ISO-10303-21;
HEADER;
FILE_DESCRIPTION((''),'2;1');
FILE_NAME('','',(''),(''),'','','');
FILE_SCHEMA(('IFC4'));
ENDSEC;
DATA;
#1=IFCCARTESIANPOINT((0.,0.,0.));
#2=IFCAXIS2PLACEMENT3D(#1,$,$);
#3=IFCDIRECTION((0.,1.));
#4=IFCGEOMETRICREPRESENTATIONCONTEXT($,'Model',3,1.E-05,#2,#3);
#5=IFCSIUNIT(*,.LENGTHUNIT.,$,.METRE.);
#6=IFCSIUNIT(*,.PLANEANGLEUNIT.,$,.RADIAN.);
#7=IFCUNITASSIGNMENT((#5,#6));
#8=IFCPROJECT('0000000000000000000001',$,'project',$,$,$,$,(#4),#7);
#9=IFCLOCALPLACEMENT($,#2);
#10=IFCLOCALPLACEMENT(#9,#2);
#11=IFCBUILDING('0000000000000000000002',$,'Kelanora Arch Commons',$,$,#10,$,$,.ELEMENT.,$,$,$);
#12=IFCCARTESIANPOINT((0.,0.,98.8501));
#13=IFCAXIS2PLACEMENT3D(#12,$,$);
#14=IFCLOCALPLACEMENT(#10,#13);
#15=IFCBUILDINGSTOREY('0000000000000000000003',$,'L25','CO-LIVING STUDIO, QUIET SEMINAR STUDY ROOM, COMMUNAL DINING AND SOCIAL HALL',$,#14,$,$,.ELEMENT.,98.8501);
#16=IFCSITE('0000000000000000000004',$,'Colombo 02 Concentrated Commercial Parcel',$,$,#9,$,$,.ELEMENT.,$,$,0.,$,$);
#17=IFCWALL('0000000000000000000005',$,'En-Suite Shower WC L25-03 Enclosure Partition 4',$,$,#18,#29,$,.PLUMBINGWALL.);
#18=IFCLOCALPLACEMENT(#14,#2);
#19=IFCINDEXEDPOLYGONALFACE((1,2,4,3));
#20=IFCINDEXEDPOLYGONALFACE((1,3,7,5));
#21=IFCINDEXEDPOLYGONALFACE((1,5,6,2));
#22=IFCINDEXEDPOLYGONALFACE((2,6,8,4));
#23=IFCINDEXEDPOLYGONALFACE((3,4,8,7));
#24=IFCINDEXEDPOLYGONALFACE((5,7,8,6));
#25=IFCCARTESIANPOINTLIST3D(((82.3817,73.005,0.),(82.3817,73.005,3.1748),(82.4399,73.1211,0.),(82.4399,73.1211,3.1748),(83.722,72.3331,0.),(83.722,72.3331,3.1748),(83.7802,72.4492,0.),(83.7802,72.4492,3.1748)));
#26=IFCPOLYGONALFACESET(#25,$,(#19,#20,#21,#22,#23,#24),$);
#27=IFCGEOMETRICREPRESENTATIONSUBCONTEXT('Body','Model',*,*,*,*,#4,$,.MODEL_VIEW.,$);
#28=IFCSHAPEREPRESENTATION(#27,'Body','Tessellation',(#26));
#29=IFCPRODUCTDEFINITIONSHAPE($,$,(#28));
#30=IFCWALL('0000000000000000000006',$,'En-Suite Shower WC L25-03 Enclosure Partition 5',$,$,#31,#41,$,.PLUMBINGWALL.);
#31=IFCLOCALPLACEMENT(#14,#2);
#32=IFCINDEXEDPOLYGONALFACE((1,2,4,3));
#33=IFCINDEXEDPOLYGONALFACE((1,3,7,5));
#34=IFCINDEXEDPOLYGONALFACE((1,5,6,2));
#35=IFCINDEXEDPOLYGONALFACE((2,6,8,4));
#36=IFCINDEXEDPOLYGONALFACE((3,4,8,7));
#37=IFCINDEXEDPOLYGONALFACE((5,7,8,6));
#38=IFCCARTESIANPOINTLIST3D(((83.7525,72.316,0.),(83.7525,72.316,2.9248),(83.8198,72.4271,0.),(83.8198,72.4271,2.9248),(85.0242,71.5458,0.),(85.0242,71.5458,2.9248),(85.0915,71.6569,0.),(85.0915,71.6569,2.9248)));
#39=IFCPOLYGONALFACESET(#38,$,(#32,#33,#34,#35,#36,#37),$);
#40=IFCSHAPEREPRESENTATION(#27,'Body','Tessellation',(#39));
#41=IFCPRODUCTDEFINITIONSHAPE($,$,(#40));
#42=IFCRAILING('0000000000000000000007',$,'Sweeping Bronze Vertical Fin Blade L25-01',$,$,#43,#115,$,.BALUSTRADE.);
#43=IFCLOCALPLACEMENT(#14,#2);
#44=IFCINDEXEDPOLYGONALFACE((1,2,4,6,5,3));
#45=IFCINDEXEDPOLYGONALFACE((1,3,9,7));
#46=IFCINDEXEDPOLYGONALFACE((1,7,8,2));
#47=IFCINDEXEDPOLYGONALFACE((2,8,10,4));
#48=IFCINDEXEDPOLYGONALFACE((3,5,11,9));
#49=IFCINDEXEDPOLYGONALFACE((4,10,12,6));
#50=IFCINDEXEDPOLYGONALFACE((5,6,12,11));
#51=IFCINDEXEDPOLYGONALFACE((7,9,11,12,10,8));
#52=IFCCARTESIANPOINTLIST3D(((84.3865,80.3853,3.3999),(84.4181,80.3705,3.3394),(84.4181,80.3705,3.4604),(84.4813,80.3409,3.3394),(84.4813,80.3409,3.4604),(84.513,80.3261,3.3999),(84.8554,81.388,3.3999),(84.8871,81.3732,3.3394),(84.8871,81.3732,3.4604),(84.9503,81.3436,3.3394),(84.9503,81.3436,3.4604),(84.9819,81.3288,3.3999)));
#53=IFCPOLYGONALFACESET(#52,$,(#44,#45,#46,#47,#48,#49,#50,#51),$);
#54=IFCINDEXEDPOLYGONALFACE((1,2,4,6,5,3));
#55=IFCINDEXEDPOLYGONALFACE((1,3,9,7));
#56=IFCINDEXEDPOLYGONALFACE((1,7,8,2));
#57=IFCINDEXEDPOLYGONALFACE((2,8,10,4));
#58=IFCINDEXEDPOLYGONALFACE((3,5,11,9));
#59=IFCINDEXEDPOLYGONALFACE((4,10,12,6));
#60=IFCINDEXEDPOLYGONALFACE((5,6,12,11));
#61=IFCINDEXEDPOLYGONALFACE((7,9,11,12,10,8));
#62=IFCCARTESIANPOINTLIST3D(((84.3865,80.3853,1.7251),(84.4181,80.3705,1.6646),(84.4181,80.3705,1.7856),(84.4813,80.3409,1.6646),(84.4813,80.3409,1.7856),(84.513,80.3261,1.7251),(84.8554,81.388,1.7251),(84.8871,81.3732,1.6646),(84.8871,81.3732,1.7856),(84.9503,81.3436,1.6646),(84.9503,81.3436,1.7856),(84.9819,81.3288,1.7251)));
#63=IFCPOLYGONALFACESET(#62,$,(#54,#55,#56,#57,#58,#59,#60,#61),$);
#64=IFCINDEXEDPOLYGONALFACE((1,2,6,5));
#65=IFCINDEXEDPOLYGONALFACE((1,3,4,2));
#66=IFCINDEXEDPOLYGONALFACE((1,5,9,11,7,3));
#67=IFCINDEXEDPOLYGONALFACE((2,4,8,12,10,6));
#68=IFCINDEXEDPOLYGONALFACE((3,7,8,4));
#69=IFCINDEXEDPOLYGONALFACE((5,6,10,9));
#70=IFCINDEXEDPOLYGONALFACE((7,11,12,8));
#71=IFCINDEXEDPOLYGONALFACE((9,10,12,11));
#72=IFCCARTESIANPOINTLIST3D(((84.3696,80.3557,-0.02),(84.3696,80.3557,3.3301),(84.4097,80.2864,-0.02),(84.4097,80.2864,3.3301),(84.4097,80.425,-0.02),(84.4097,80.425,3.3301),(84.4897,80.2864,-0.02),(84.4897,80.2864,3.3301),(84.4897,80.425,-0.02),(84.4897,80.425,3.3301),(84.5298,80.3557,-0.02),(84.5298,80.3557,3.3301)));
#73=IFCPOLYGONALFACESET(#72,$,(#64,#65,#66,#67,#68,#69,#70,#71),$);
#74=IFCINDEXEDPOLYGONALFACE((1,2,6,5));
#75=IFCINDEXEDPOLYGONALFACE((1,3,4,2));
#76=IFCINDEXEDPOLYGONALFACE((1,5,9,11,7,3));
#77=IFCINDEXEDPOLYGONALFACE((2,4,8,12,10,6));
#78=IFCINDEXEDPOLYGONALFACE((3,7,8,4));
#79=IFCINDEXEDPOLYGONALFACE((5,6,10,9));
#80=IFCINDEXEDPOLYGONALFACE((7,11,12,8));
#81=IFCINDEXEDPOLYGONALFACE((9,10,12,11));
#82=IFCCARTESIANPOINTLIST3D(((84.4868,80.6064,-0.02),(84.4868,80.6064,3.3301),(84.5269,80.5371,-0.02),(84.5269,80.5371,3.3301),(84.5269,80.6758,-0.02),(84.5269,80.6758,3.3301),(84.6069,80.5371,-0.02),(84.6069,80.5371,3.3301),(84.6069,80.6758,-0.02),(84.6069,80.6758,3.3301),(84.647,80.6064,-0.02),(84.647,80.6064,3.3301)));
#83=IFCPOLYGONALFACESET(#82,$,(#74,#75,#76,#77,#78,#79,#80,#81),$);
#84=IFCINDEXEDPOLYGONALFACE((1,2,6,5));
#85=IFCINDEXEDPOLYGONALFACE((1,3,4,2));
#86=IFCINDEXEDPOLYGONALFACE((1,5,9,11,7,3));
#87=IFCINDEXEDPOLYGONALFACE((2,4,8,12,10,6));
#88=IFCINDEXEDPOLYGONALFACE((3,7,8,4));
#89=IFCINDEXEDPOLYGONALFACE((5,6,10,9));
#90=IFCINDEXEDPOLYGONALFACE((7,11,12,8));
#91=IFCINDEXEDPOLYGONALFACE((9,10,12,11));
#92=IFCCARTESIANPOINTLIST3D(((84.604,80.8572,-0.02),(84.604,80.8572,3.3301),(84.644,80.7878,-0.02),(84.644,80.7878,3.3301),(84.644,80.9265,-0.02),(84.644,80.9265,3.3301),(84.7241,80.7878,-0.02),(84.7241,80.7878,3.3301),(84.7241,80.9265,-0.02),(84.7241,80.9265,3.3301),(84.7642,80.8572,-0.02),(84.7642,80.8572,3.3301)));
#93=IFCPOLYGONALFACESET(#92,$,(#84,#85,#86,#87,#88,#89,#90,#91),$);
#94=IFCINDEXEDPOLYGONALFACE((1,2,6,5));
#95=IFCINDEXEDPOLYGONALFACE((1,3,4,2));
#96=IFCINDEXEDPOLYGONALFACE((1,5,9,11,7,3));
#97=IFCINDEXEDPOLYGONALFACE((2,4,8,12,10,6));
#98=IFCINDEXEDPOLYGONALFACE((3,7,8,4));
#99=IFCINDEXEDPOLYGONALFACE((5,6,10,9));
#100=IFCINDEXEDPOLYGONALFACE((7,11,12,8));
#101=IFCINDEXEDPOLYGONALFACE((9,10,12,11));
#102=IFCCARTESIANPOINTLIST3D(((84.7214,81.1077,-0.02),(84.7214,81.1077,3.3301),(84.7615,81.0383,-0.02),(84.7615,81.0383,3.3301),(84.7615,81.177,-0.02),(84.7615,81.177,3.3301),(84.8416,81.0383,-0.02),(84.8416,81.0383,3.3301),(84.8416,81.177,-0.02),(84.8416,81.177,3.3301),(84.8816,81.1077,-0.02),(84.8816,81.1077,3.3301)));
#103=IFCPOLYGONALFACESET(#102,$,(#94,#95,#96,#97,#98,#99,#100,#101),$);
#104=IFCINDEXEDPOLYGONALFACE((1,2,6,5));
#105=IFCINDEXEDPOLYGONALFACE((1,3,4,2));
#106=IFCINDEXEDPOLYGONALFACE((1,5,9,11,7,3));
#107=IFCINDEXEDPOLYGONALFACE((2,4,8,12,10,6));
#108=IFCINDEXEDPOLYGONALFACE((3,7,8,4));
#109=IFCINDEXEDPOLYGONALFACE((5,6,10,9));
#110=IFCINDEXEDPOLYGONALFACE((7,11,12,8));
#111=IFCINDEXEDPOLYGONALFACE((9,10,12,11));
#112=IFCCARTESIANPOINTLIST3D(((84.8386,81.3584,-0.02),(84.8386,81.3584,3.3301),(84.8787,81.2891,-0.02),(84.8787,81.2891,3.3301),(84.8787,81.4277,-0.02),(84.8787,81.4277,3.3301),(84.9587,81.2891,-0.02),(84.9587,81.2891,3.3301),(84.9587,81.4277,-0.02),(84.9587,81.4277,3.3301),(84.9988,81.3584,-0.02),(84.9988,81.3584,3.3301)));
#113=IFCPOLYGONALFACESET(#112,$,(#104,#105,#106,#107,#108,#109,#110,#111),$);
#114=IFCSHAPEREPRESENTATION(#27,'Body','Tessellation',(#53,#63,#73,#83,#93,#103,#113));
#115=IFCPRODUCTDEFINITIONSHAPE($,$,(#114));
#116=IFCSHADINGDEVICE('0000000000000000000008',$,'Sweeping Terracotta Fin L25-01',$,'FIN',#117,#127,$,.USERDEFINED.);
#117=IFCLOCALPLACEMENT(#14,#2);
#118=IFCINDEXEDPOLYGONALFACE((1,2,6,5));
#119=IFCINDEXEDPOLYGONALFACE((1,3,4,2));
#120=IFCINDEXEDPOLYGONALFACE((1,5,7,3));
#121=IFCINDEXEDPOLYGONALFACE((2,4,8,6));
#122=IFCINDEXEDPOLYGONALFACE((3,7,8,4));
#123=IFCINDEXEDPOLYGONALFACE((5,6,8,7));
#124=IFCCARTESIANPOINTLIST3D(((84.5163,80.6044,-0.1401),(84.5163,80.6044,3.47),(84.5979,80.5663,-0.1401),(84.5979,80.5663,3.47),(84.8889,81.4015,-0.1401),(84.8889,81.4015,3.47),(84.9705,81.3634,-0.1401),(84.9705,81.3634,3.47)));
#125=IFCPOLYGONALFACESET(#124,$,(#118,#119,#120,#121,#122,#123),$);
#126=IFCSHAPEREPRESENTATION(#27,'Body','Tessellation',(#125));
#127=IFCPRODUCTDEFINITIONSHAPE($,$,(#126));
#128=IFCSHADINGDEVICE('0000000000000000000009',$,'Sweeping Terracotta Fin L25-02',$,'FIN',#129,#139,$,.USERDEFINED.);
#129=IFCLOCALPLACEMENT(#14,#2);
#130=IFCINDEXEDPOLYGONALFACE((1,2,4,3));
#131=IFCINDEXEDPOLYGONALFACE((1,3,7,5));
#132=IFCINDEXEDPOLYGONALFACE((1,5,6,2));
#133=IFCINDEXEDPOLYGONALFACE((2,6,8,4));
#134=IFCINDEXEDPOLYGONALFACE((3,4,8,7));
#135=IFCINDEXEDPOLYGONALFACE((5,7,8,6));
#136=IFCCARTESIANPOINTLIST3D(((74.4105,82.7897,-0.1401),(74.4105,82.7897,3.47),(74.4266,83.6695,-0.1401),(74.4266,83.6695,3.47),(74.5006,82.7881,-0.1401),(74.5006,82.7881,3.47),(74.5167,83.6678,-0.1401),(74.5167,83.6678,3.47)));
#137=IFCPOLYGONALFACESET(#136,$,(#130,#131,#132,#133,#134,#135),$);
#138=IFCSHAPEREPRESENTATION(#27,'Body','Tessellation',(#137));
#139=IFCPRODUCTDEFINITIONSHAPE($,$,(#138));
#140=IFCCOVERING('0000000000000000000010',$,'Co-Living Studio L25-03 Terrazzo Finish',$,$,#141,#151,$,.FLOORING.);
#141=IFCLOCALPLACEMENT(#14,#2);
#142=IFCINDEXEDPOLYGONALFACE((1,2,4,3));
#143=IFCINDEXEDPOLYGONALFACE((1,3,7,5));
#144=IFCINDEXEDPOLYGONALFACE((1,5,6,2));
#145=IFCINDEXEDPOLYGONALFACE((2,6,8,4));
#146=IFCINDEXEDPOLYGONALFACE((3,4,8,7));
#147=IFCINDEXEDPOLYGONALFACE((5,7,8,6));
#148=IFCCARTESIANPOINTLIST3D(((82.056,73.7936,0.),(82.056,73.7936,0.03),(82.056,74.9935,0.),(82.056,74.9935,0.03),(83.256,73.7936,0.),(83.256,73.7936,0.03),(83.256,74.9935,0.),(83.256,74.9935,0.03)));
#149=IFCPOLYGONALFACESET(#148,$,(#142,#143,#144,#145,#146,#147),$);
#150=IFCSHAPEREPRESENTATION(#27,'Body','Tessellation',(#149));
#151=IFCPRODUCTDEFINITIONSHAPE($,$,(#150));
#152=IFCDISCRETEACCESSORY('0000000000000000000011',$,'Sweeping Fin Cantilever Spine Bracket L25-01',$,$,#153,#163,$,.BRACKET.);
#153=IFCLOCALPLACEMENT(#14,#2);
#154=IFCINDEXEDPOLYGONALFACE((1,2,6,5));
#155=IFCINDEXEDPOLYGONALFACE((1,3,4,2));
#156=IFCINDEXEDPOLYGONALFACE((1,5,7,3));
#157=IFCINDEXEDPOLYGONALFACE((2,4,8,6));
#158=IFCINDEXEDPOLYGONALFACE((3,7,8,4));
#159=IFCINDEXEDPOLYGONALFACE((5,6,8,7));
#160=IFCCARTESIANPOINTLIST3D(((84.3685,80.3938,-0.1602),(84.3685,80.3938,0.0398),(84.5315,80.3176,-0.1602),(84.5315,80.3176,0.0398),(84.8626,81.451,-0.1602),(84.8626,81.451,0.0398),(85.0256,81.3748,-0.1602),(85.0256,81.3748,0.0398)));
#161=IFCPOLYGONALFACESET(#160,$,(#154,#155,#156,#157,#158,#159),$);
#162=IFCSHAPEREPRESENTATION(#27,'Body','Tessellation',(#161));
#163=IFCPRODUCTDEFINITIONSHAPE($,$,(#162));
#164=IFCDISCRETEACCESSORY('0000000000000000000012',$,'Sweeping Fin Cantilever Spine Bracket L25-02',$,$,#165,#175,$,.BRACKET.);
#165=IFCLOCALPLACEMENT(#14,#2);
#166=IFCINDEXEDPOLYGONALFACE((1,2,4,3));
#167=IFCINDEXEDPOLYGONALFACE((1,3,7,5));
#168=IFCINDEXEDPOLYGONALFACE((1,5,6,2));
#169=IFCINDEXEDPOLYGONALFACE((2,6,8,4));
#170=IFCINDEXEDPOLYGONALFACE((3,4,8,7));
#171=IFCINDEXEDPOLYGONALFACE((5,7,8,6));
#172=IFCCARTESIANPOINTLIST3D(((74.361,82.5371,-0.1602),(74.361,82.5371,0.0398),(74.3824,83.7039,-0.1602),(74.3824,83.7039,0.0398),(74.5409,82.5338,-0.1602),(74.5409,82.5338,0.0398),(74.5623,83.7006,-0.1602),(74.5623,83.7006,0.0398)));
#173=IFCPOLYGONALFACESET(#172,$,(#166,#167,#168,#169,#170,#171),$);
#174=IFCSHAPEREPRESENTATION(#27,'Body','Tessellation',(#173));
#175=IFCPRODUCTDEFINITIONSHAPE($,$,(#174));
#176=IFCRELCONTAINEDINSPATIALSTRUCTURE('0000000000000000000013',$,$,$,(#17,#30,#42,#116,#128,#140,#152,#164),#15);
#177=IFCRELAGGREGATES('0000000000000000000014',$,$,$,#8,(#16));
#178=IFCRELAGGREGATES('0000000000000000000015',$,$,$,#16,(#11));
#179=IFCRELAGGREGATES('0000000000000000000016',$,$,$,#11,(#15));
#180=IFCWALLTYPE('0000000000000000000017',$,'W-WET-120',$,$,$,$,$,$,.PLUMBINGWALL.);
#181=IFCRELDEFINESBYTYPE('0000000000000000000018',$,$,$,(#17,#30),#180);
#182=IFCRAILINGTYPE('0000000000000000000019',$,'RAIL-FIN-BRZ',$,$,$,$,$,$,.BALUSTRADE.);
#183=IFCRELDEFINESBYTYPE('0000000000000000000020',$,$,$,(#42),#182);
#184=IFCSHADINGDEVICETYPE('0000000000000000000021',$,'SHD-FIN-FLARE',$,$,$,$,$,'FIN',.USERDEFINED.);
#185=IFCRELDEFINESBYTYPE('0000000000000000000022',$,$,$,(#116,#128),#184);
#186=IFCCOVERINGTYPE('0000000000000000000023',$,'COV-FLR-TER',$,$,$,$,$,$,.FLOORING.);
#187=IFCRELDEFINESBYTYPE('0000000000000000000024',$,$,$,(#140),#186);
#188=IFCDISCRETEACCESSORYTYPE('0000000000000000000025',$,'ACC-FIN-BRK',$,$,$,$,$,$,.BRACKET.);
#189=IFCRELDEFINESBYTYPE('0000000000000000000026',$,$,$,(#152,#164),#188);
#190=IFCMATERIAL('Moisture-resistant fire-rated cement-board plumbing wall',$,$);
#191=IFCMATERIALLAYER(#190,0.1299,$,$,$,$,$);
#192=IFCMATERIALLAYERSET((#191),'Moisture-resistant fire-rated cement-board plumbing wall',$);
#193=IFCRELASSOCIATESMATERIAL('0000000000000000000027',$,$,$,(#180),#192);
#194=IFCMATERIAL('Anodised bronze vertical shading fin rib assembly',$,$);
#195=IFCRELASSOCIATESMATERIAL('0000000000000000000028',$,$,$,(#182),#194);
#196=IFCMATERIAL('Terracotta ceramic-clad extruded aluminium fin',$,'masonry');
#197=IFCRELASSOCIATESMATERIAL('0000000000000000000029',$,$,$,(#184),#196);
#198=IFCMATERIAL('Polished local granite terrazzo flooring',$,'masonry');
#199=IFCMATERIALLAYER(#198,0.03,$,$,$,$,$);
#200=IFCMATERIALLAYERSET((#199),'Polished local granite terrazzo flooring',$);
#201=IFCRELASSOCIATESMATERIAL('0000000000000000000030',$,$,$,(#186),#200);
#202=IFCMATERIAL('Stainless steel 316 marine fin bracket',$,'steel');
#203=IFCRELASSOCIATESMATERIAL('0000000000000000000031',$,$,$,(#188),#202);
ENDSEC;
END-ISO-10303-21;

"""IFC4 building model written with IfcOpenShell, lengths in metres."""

from ifc_helpers import new_model, si_unit, direction, frame, frame_2d, origin, origin_2d, place, context, subcontext, project, spatial, polyline, rectangle, outline, extrude, source, transform, mapped, material, layer, layer_set, type_object, element, save


model = new_model("IFC4")

# Units and contexts
model_context = context("Model", 3, precision=1e-05, world=origin(), true_north=direction((0.0, 1.0)))
body_context = subcontext(model_context, "Body", "Model", "MODEL_VIEW")
ifc_project = project(units=[si_unit("LENGTHUNIT", "METRE"), si_unit("PLANEANGLEUNIT", "RADIAN")], contexts=[model_context])

# Site, building, storey
site_placement = place(None, origin())
site = spatial("IfcSite", under=ifc_project, at=site_placement, Name="Colombo 02 Concentrated Commercial Parcel", CompositionType="ELEMENT", RefElevation=0.0)
building_placement = place(site_placement, origin())
building = spatial("IfcBuilding", under=site, at=building_placement, Name="Kelanora Arch Commons", CompositionType="ELEMENT")
storey_placement = place(building_placement, frame((0.0, 0.0, 98.8501)))
storey = spatial("IfcBuildingStorey", under=building, at=storey_placement, Name="L25", Description="CO-LIVING STUDIO, QUIET SEMINAR STUDY ROOM, COMMUNAL DINING AND SOCIAL HALL", CompositionType="ELEMENT", Elevation=98.8501)

# Walls
ifc_material_1 = material(Name="Moisture-resistant fire-rated cement-board plumbing wall")
ifc_layer_1 = layer(ifc_material_1, 0.1299)
ifc_layer_set_1 = layer_set([ifc_layer_1], Name="Moisture-resistant fire-rated cement-board plumbing wall")
wall_type_1 = type_object("IfcWallType", Name="W-WET-120", PredefinedType="PLUMBINGWALL", material=ifc_layer_set_1)
wall_1_placement = place(storey_placement, frame((82.4109, 73.063, 0.0), z_axis=(0.0, 0.0, 1.0), x_axis=(0.893971, -0.448125, 0.0)))
element("IfcWall", 1, at=wall_1_placement, inside=storey, type_object=wall_type_1, Name="En-Suite Shower WC L25-03 Enclosure Partition 4", PredefinedType="PLUMBINGWALL", context=body_context, shape_type="SweptSolid", body=[
    extrude(rectangle(XDim=1.4993, YDim=0.1299, at=frame_2d((0.7495, 0.0))), origin(), (0.0, 0.0, 1.0), 3.1748),
])
wall_2_placement = place(storey_placement, frame((83.7861, 72.3716, 0.0), z_axis=(0.0, 0.0, 1.0), x_axis=(0.855341, -0.518065, 0.0)))
element("IfcWall", 2, at=wall_2_placement, inside=storey, type_object=wall_type_1, Name="En-Suite Shower WC L25-03 Enclosure Partition 5", PredefinedType="PLUMBINGWALL", context=body_context, shape_type="SweptSolid", body=[
    extrude(rectangle(XDim=1.4868, YDim=0.1299, at=frame_2d((0.7434, 0.0))), origin(), (0.0, 0.0, 1.0), 2.9248),
])

# Railing
ifc_material_2 = material(Name="Anodised bronze vertical shading fin rib assembly")
railing_type = type_object("IfcRailingType", Name="RAIL-FIN-BRZ", PredefinedType="BALUSTRADE", material=ifc_material_2)
railing_placement = place(storey_placement, frame((84.4497, 80.3557, -0.02)))
element("IfcRailing", 3, at=railing_placement, inside=storey, type_object=railing_type, Name="Sweeping Bronze Vertical Fin Blade L25-01", PredefinedType="BALUSTRADE", context=body_context, shape_type="SweptSolid", body=[
    extrude(outline(polyline([(0.0698, 0.0), (0.0349, 0.0605), (-0.0349, 0.0605), (-0.0698, 0.0), (-0.0349, -0.0605), (0.0349, -0.0605), (0.0698, 0.0)])), frame((0.0, 0.0, 3.4199), z_axis=(0.423682, 0.905811, 0.0), x_axis=(-0.905811, 0.423682, 0.0)), (0.0, 0.0, 1.0), 1.1069),
    extrude(outline(polyline([(0.0698, 0.0), (0.0349, 0.0605), (-0.0349, 0.0605), (-0.0698, 0.0), (-0.0349, -0.0605), (0.0349, -0.0605), (0.0698, 0.0)])), frame((0.0, 0.0, 1.7451), z_axis=(0.423682, 0.905811, 0.0), x_axis=(-0.905811, 0.423682, 0.0)), (0.0, 0.0, 1.0), 1.1069),
    extrude(outline(polyline([(0.0801, 0.0), (0.04, 0.0693), (-0.04, 0.0693), (-0.0801, 0.0), (-0.04, -0.0693), (0.04, -0.0693), (0.0801, 0.0)])), origin(), (0.0, 0.0, 1.0), 3.3501),
    extrude(outline(polyline([(0.0801, 0.0), (0.04, 0.0693), (-0.04, 0.0693), (-0.0801, 0.0), (-0.04, -0.0693), (0.04, -0.0693), (0.0801, 0.0)])), frame((0.1172, 0.2507, 0.0)), (0.0, 0.0, 1.0), 3.3501),
    extrude(outline(polyline([(0.0801, 0.0), (0.04, 0.0693), (-0.04, 0.0693), (-0.0801, 0.0), (-0.04, -0.0693), (0.04, -0.0693), (0.0801, 0.0)])), frame((0.2344, 0.5015, 0.0)), (0.0, 0.0, 1.0), 3.3501),
    extrude(outline(polyline([(0.0801, 0.0), (0.04, 0.0693), (-0.04, 0.0693), (-0.0801, 0.0), (-0.04, -0.0693), (0.04, -0.0693), (0.0801, 0.0)])), frame((0.3518, 0.752, 0.0)), (0.0, 0.0, 1.0), 3.3501),
    extrude(outline(polyline([(0.0801, 0.0), (0.04, 0.0693), (-0.04, 0.0693), (-0.0801, 0.0), (-0.04, -0.0693), (0.04, -0.0693), (0.0801, 0.0)])), frame((0.469, 1.0027, 0.0)), (0.0, 0.0, 1.0), 3.3501),
])

# Shading devices
ifc_material_3 = material(Name="Terracotta ceramic-clad extruded aluminium fin", Category="masonry")
shading_device_type = type_object("IfcShadingDeviceType", Name="SHD-FIN-FLARE", ElementType="FIN", PredefinedType="USERDEFINED", material=ifc_material_3)
shared_shape_1 = source(origin(), body_context, "Body", "SweptSolid", [
    extrude(rectangle(XDim=0.8799, YDim=0.0901, at=origin_2d()), origin(), (0.0, 0.0, 1.0), 3.6101),
])
for number, where, z_axis, x_axis, name in (
    (4, (84.7434, 80.9839, -0.1401), (0.0, 0.0, 1.0), (0.423409, 0.905939, 0.0), "Sweeping Terracotta Fin L25-01"),
    (5, (74.4636, 83.2288, -0.1401), (0.0, 0.0, 1.0), (0.018325, 0.999832, 0.0), "Sweeping Terracotta Fin L25-02"),
):
    element("IfcShadingDevice", number, at=place(storey_placement, frame(where, z_axis=z_axis, x_axis=x_axis)), inside=storey, type_object=shading_device_type, Name=name, ObjectType="FIN", PredefinedType="USERDEFINED", context=body_context, shape_type="MappedRepresentation", body=[
        mapped(shared_shape_1, transform((0.0, 0.0, 0.0), scale=1.0)),
    ])

# Covering
ifc_material_4 = material(Name="Polished local granite terrazzo flooring", Category="masonry")
ifc_layer_2 = layer(ifc_material_4, 0.03)
ifc_layer_set_2 = layer_set([ifc_layer_2], Name="Polished local granite terrazzo flooring")
covering_type = type_object("IfcCoveringType", Name="COV-FLR-TER", PredefinedType="FLOORING", material=ifc_layer_set_2)
shared_shape_2 = source(origin(), body_context, "Body", "SweptSolid", [
    extrude(rectangle(XDim=1.2, YDim=1.2, at=origin_2d()), origin(), (0.0, 0.0, 1.0), 0.03),
])
covering_placement = place(storey_placement, frame((82.656, 74.3936, 0.0), z_axis=(0.0, 0.0, 1.0), x_axis=(1.0, 0.0, 0.0)))
element("IfcCovering", 6, at=covering_placement, inside=storey, type_object=covering_type, Name="Co-Living Studio L25-03 Terrazzo Finish", PredefinedType="FLOORING", context=body_context, shape_type="MappedRepresentation", body=[
    mapped(shared_shape_2, transform((0.0, 0.0, 0.0), scale=1.0)),
])

# Discrete accessories
ifc_material_5 = material(Name="Stainless steel 316 marine fin bracket", Category="steel")
discrete_accessory_type = type_object("IfcDiscreteAccessoryType", Name="ACC-FIN-BRK", PredefinedType="BRACKET", material=ifc_material_5)
shared_shape_3 = source(origin(), body_context, "Body", "SweptSolid", [
    extrude(rectangle(XDim=1.167, YDim=0.1799, at=origin_2d()), origin(), (0.0, 0.0, 1.0), 0.2),
])
for number, where, z_axis, x_axis, name in (
    (7, (84.697, 80.8843, -0.1602), (0.0, 0.0, 1.0), (0.423409, 0.905939, 0.0), "Sweeping Fin Cantilever Spine Bracket L25-01"),
    (8, (74.4617, 83.1189, -0.1602), (0.0, 0.0, 1.0), (0.018325, 0.999832, 0.0), "Sweeping Fin Cantilever Spine Bracket L25-02"),
):
    element("IfcDiscreteAccessory", number, at=place(storey_placement, frame(where, z_axis=z_axis, x_axis=x_axis)), inside=storey, type_object=discrete_accessory_type, Name=name, PredefinedType="BRACKET", context=body_context, shape_type="MappedRepresentation", body=[
        mapped(shared_shape_3, transform((0.0, 0.0, 0.0), scale=1.0)),
    ])

save(model, "model.ifc")
